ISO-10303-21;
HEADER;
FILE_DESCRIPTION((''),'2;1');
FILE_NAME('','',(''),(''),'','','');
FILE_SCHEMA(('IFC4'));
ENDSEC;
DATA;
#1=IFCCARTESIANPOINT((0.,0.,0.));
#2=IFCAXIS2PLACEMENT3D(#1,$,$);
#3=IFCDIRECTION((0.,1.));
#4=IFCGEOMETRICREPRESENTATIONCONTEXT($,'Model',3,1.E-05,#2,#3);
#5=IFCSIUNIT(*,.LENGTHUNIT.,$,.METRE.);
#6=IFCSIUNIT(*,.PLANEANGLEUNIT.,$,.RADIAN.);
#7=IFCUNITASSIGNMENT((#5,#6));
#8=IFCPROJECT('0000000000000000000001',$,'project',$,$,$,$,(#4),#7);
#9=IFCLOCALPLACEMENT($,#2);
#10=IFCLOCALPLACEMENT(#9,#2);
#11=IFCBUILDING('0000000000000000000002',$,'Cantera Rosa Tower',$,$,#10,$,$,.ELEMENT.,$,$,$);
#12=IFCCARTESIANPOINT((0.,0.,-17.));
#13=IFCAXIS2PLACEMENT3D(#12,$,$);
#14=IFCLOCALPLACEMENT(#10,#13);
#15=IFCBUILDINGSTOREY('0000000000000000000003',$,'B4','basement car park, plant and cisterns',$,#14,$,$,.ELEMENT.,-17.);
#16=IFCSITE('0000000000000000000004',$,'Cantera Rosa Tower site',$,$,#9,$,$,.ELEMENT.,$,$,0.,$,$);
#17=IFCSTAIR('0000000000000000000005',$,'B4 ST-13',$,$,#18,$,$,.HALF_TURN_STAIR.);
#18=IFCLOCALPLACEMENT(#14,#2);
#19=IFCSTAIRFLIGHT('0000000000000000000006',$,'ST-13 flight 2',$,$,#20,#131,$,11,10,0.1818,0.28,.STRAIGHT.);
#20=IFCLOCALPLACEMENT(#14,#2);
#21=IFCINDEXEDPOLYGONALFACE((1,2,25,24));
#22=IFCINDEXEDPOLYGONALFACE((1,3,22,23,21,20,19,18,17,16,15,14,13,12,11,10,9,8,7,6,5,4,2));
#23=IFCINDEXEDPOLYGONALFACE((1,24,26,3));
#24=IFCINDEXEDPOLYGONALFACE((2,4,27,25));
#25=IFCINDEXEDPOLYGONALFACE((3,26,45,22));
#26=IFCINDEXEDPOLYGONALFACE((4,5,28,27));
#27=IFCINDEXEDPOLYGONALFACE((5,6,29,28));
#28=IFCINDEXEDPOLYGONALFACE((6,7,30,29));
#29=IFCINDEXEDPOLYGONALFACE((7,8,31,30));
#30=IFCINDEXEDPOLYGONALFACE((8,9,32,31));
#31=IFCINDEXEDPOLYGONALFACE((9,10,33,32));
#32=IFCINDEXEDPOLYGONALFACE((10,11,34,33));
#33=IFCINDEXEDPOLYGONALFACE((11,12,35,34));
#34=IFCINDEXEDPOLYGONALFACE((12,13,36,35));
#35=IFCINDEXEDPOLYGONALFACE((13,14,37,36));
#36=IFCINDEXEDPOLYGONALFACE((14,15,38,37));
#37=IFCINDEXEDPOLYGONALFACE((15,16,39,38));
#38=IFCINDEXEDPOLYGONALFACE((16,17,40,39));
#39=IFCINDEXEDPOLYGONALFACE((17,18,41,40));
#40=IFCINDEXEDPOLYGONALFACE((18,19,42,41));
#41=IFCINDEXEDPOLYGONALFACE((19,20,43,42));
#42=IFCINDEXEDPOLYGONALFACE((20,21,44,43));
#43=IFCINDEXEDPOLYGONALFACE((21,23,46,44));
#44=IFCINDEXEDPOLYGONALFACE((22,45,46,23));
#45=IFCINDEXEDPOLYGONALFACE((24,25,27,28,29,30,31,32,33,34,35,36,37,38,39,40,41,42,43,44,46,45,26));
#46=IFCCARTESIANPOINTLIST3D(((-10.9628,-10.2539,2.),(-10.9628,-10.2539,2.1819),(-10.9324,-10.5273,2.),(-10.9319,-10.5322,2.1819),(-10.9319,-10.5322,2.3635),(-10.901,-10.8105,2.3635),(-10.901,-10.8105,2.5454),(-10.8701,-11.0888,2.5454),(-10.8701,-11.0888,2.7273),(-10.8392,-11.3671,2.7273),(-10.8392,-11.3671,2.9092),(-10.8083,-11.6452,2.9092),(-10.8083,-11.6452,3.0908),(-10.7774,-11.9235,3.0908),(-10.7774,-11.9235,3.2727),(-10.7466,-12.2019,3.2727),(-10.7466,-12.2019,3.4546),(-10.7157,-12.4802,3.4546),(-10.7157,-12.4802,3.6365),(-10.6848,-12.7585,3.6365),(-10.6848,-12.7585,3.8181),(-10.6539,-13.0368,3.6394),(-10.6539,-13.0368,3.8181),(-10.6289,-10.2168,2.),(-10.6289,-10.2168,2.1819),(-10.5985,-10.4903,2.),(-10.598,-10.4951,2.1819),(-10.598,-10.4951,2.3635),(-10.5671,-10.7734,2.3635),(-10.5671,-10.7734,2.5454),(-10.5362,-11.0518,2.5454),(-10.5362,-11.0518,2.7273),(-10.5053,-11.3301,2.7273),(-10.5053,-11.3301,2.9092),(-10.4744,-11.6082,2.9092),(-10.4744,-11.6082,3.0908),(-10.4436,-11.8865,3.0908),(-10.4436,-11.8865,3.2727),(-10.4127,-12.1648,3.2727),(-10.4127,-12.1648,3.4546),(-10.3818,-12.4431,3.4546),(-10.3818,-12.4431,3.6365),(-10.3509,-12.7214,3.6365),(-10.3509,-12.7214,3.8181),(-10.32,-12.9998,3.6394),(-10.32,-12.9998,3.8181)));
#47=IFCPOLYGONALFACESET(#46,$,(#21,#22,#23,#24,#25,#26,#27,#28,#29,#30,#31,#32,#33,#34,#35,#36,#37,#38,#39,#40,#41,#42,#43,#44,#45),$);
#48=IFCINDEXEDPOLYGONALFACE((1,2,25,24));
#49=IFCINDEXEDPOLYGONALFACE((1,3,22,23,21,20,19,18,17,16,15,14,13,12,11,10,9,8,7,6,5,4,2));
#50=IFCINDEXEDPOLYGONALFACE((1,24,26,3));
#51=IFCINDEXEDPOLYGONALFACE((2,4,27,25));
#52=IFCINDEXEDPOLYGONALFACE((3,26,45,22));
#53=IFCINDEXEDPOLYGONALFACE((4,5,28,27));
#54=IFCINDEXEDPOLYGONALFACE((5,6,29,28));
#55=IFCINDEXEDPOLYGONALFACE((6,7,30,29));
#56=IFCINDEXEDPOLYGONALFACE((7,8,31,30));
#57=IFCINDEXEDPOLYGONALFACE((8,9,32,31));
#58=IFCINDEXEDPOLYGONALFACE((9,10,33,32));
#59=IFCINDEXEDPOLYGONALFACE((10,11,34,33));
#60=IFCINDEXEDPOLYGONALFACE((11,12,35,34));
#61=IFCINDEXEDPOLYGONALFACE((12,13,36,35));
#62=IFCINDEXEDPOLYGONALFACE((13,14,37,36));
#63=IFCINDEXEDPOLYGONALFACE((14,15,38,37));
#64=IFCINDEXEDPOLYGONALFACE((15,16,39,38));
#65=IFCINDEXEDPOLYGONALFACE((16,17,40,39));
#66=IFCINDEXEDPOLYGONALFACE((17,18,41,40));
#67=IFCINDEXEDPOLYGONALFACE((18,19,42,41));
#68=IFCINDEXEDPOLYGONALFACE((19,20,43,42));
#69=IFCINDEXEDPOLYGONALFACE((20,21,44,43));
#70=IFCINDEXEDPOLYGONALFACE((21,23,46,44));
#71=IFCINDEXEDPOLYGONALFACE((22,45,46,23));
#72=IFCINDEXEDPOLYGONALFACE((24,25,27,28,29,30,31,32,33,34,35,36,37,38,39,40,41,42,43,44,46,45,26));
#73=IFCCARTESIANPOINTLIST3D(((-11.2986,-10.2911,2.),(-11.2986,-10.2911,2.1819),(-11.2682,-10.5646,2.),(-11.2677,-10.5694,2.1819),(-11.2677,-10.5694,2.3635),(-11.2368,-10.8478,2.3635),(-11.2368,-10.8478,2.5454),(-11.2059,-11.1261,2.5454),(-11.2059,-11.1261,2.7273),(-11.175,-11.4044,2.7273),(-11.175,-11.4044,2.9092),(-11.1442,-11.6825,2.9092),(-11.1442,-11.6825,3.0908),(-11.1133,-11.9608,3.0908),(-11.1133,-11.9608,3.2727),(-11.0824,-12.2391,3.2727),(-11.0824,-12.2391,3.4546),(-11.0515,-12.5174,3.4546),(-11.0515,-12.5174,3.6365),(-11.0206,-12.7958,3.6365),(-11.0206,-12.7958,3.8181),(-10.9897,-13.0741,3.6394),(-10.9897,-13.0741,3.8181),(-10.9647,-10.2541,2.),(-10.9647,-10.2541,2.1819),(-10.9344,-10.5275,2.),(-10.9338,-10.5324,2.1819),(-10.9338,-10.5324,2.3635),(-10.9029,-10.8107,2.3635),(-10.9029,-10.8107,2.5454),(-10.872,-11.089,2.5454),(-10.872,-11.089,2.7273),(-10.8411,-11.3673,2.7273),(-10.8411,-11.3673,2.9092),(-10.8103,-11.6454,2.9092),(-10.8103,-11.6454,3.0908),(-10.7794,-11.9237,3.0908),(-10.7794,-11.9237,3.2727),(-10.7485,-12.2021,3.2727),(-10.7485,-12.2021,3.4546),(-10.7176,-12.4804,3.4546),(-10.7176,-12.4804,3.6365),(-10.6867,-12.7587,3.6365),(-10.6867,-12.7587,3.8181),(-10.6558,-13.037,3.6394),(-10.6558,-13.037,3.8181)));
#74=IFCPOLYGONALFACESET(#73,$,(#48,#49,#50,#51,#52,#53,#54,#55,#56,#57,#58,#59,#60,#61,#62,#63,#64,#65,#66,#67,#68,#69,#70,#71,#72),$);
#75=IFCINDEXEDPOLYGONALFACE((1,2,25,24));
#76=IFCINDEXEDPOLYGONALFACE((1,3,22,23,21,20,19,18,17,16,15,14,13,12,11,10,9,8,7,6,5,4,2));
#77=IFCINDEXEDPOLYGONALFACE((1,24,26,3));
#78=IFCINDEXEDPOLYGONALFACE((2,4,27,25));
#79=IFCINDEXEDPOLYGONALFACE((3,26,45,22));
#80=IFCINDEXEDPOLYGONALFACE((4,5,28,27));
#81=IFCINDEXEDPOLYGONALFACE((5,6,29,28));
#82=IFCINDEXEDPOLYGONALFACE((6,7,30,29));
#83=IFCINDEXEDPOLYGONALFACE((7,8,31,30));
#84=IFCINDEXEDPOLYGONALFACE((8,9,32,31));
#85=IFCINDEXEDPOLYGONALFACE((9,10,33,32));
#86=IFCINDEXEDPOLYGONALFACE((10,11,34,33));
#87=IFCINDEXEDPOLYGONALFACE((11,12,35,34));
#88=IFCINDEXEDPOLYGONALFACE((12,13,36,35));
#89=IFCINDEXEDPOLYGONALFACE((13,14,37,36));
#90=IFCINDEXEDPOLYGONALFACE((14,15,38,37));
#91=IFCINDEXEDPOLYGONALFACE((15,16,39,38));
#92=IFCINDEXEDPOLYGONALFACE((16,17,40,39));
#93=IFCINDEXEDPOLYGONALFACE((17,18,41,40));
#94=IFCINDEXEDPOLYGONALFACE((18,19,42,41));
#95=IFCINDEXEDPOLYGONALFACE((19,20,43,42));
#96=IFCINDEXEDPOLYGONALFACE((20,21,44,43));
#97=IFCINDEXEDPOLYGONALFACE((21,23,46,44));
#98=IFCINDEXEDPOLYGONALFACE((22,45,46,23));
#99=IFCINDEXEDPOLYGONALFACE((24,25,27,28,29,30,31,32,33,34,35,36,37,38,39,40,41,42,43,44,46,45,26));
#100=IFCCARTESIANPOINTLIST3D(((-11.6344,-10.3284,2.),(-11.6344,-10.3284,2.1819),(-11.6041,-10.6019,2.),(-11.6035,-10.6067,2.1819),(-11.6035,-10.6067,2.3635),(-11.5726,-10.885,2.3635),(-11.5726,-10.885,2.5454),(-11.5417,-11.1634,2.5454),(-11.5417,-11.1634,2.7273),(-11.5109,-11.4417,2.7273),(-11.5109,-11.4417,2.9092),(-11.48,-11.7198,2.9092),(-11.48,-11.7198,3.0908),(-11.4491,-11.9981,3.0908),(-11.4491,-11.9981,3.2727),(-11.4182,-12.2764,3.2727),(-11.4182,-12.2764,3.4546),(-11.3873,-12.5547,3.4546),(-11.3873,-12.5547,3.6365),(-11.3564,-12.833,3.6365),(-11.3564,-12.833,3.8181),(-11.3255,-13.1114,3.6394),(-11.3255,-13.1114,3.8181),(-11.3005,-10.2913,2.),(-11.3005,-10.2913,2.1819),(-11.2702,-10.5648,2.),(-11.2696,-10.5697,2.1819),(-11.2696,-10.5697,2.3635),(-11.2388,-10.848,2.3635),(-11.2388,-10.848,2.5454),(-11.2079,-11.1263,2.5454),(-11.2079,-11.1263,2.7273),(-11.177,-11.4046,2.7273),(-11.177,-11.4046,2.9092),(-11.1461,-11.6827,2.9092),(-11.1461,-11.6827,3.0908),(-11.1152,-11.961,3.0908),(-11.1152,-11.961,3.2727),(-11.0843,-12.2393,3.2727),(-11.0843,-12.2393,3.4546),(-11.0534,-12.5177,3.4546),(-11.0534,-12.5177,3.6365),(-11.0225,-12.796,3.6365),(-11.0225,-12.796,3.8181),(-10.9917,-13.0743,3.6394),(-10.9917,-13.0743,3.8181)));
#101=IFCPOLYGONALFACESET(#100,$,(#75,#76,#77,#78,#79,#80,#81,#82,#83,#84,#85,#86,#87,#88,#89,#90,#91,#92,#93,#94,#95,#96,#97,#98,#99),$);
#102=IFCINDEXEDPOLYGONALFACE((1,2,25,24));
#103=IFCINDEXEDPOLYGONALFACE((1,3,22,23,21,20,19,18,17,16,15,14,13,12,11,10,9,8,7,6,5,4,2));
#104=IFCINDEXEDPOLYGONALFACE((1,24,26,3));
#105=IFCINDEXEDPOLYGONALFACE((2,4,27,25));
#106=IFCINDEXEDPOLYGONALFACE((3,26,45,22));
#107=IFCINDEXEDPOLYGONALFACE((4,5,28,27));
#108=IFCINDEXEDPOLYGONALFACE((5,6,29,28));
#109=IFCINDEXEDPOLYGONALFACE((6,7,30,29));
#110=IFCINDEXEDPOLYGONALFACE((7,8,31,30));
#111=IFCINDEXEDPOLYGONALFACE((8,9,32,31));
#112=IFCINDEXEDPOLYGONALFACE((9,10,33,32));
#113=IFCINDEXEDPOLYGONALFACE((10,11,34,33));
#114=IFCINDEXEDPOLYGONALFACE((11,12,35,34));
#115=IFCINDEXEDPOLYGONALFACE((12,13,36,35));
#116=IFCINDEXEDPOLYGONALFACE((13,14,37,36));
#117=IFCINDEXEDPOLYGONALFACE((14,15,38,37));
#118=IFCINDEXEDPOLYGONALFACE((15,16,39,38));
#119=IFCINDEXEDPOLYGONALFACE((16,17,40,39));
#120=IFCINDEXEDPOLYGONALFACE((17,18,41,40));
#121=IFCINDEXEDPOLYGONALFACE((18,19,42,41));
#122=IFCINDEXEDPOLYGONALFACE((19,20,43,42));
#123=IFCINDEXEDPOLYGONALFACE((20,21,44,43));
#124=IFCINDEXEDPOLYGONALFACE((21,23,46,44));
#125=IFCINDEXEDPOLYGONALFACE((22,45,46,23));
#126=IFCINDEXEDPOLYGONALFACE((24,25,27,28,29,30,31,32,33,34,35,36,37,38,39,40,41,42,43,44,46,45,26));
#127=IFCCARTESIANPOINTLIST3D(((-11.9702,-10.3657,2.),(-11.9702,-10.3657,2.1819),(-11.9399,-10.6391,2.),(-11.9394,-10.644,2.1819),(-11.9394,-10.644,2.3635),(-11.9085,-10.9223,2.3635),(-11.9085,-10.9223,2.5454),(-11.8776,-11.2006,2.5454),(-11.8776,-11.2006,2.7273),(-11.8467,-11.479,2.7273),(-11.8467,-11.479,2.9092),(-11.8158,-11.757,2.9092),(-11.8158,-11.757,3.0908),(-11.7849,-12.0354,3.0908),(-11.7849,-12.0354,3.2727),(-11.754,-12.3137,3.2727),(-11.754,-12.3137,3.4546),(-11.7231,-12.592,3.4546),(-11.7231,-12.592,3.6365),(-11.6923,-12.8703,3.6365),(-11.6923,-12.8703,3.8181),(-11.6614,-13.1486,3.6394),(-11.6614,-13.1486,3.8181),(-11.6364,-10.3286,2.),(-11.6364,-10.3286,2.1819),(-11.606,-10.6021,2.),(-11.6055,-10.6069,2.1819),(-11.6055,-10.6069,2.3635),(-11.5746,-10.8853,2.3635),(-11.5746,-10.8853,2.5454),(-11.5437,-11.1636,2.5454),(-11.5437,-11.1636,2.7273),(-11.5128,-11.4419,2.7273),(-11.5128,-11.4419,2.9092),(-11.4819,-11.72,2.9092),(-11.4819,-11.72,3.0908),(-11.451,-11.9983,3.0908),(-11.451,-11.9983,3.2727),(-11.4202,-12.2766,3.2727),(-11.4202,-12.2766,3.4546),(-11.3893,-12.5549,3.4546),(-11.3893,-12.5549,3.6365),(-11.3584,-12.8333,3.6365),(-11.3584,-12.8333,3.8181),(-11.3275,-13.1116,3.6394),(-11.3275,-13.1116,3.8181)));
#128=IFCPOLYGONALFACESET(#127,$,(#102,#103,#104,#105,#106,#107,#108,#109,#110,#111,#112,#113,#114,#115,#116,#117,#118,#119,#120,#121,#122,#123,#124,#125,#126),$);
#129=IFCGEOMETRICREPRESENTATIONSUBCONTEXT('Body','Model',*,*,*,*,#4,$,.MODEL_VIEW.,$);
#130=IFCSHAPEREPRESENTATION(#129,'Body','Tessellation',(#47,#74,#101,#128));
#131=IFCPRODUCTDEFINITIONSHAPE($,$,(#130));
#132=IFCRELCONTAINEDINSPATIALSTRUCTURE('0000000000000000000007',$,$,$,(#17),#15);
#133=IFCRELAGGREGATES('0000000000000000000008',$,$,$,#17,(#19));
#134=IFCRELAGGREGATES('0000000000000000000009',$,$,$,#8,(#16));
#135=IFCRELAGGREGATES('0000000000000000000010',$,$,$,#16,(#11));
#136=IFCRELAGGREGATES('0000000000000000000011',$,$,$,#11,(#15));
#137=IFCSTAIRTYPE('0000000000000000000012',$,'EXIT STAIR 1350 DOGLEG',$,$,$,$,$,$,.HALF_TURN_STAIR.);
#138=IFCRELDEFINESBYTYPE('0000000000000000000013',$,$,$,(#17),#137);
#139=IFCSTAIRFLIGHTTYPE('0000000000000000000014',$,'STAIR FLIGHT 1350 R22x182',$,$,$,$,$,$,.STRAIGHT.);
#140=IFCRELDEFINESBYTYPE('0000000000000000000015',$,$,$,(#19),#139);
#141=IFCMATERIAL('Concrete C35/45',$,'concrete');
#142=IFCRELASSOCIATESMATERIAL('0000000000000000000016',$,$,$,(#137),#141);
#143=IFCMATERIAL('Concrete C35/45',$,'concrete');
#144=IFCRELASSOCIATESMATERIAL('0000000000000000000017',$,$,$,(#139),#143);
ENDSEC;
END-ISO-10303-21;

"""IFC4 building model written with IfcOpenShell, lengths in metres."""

from ifc_helpers import new_model, si_unit, direction, frame, origin, place, context, subcontext, project, spatial, polyline, outline, extrude, material, type_object, element, aggregate, save


model = new_model("IFC4")

# Units and contexts
model_context = context("Model", 3, precision=1e-05, world=origin(), true_north=direction((0.0, 1.0)))
body_context = subcontext(model_context, "Body", "Model", "MODEL_VIEW")
ifc_project = project(units=[si_unit("LENGTHUNIT", "METRE"), si_unit("PLANEANGLEUNIT", "RADIAN")], contexts=[model_context])

# Site, building, storey
site_placement = place(None, origin())
site = spatial("IfcSite", under=ifc_project, at=site_placement, Name="Cantera Rosa Tower site", CompositionType="ELEMENT", RefElevation=0.0)
building_placement = place(site_placement, origin())
building = spatial("IfcBuilding", under=site, at=building_placement, Name="Cantera Rosa Tower", CompositionType="ELEMENT")
storey_placement = place(building_placement, frame((0.0, 0.0, -17.0)))
storey = spatial("IfcBuildingStorey", under=building, at=storey_placement, Name="B4", Description="basement car park, plant and cisterns", CompositionType="ELEMENT", Elevation=-17.0)

# Stair, stair flight
ifc_material_1 = material(Name="Concrete C35/45", Category="concrete")
stair_type = type_object("IfcStairType", Name="EXIT STAIR 1350 DOGLEG", PredefinedType="HALF_TURN_STAIR", material=ifc_material_1)
stair_placement = place(storey_placement, origin())
stair = element("IfcStair", 1, at=stair_placement, inside=storey, type_object=stair_type, Name="B4 ST-13", PredefinedType="HALF_TURN_STAIR")
ifc_material_2 = material(Name="Concrete C35/45", Category="concrete")
stair_flight_type = type_object("IfcStairFlightType", Name="STAIR FLIGHT 1350 R22x182", PredefinedType="STRAIGHT", material=ifc_material_2)
stair_flight_placement = place(storey_placement, frame((-11.2998, -10.2913, 2.0), z_axis=(0.0, 0.0, 1.0), x_axis=(0.110313, -0.993897, 0.0)))
stair_flight = element("IfcStairFlight", 2, at=stair_flight_placement, type_object=stair_flight_type, Name="ST-13 flight 2", NumberOfRisers=11, NumberOfTreads=10, PredefinedType="STRAIGHT", RiserHeight=0.1818, TreadLength=0.28, context=body_context, shape_type="SweptSolid", body=[
    extrude(outline(polyline([(0.0, 0.0), (0.0, 0.1819), (0.28, 0.1819), (0.28, 0.3635), (0.5601, 0.3635), (0.5601, 0.5454), (0.8401, 0.5454), (0.8401, 0.7273), (1.1201, 0.7273), (1.1201, 0.9092), (1.3999, 0.9092), (1.3999, 1.0908), (1.6799, 1.0908), (1.6799, 1.2727), (1.96, 1.2727), (1.96, 1.4546), (2.24, 1.4546), (2.24, 1.6365), (2.52, 1.6365), (2.52, 1.8181), (2.8, 1.8181), (2.8, 2.0), (2.8, 1.6394), (0.2751, 0.0), (0.0, 0.0)])), frame((0.0, 0.675, 0.0), z_axis=(0.0, -1.0, 0.0), x_axis=(1.0, 0.0, 0.0)), (0.0, 0.0, 1.0), 0.3359),
    extrude(outline(polyline([(0.0, 0.0), (0.0, 0.1819), (0.28, 0.1819), (0.28, 0.3635), (0.5601, 0.3635), (0.5601, 0.5454), (0.8401, 0.5454), (0.8401, 0.7273), (1.1201, 0.7273), (1.1201, 0.9092), (1.3999, 0.9092), (1.3999, 1.0908), (1.6799, 1.0908), (1.6799, 1.2727), (1.96, 1.2727), (1.96, 1.4546), (2.24, 1.4546), (2.24, 1.6365), (2.52, 1.6365), (2.52, 1.8181), (2.8, 1.8181), (2.8, 2.0), (2.8, 1.6394), (0.2751, 0.0), (0.0, 0.0)])), frame((0.0, 0.3372, 0.0), z_axis=(0.0, -1.0, 0.0), x_axis=(1.0, 0.0, 0.0)), (0.0, 0.0, 1.0), 0.3359),
    extrude(outline(polyline([(0.0, 0.0), (0.0, 0.1819), (0.28, 0.1819), (0.28, 0.3635), (0.5601, 0.3635), (0.5601, 0.5454), (0.8401, 0.5454), (0.8401, 0.7273), (1.1201, 0.7273), (1.1201, 0.9092), (1.3999, 0.9092), (1.3999, 1.0908), (1.6799, 1.0908), (1.6799, 1.2727), (1.96, 1.2727), (1.96, 1.4546), (2.24, 1.4546), (2.24, 1.6365), (2.52, 1.6365), (2.52, 1.8181), (2.8, 1.8181), (2.8, 2.0), (2.8, 1.6394), (0.2751, 0.0), (0.0, 0.0)])), frame((0.0, -0.0007, 0.0), z_axis=(0.0, -1.0, 0.0), x_axis=(1.0, 0.0, 0.0)), (0.0, 0.0, 1.0), 0.3359),
    extrude(outline(polyline([(0.0, 0.0), (0.0, 0.1819), (0.28, 0.1819), (0.28, 0.3635), (0.5601, 0.3635), (0.5601, 0.5454), (0.8401, 0.5454), (0.8401, 0.7273), (1.1201, 0.7273), (1.1201, 0.9092), (1.3999, 0.9092), (1.3999, 1.0908), (1.6799, 1.0908), (1.6799, 1.2727), (1.96, 1.2727), (1.96, 1.4546), (2.24, 1.4546), (2.24, 1.6365), (2.52, 1.6365), (2.52, 1.8181), (2.8, 1.8181), (2.8, 2.0), (2.8, 1.6394), (0.2751, 0.0), (0.0, 0.0)])), frame((0.0, -0.3386, 0.0), z_axis=(0.0, -1.0, 0.0), x_axis=(1.0, 0.0, 0.0)), (0.0, 0.0, 1.0), 0.3359),
])
aggregate(stair, [stair_flight])

save(model, "model.ifc")
